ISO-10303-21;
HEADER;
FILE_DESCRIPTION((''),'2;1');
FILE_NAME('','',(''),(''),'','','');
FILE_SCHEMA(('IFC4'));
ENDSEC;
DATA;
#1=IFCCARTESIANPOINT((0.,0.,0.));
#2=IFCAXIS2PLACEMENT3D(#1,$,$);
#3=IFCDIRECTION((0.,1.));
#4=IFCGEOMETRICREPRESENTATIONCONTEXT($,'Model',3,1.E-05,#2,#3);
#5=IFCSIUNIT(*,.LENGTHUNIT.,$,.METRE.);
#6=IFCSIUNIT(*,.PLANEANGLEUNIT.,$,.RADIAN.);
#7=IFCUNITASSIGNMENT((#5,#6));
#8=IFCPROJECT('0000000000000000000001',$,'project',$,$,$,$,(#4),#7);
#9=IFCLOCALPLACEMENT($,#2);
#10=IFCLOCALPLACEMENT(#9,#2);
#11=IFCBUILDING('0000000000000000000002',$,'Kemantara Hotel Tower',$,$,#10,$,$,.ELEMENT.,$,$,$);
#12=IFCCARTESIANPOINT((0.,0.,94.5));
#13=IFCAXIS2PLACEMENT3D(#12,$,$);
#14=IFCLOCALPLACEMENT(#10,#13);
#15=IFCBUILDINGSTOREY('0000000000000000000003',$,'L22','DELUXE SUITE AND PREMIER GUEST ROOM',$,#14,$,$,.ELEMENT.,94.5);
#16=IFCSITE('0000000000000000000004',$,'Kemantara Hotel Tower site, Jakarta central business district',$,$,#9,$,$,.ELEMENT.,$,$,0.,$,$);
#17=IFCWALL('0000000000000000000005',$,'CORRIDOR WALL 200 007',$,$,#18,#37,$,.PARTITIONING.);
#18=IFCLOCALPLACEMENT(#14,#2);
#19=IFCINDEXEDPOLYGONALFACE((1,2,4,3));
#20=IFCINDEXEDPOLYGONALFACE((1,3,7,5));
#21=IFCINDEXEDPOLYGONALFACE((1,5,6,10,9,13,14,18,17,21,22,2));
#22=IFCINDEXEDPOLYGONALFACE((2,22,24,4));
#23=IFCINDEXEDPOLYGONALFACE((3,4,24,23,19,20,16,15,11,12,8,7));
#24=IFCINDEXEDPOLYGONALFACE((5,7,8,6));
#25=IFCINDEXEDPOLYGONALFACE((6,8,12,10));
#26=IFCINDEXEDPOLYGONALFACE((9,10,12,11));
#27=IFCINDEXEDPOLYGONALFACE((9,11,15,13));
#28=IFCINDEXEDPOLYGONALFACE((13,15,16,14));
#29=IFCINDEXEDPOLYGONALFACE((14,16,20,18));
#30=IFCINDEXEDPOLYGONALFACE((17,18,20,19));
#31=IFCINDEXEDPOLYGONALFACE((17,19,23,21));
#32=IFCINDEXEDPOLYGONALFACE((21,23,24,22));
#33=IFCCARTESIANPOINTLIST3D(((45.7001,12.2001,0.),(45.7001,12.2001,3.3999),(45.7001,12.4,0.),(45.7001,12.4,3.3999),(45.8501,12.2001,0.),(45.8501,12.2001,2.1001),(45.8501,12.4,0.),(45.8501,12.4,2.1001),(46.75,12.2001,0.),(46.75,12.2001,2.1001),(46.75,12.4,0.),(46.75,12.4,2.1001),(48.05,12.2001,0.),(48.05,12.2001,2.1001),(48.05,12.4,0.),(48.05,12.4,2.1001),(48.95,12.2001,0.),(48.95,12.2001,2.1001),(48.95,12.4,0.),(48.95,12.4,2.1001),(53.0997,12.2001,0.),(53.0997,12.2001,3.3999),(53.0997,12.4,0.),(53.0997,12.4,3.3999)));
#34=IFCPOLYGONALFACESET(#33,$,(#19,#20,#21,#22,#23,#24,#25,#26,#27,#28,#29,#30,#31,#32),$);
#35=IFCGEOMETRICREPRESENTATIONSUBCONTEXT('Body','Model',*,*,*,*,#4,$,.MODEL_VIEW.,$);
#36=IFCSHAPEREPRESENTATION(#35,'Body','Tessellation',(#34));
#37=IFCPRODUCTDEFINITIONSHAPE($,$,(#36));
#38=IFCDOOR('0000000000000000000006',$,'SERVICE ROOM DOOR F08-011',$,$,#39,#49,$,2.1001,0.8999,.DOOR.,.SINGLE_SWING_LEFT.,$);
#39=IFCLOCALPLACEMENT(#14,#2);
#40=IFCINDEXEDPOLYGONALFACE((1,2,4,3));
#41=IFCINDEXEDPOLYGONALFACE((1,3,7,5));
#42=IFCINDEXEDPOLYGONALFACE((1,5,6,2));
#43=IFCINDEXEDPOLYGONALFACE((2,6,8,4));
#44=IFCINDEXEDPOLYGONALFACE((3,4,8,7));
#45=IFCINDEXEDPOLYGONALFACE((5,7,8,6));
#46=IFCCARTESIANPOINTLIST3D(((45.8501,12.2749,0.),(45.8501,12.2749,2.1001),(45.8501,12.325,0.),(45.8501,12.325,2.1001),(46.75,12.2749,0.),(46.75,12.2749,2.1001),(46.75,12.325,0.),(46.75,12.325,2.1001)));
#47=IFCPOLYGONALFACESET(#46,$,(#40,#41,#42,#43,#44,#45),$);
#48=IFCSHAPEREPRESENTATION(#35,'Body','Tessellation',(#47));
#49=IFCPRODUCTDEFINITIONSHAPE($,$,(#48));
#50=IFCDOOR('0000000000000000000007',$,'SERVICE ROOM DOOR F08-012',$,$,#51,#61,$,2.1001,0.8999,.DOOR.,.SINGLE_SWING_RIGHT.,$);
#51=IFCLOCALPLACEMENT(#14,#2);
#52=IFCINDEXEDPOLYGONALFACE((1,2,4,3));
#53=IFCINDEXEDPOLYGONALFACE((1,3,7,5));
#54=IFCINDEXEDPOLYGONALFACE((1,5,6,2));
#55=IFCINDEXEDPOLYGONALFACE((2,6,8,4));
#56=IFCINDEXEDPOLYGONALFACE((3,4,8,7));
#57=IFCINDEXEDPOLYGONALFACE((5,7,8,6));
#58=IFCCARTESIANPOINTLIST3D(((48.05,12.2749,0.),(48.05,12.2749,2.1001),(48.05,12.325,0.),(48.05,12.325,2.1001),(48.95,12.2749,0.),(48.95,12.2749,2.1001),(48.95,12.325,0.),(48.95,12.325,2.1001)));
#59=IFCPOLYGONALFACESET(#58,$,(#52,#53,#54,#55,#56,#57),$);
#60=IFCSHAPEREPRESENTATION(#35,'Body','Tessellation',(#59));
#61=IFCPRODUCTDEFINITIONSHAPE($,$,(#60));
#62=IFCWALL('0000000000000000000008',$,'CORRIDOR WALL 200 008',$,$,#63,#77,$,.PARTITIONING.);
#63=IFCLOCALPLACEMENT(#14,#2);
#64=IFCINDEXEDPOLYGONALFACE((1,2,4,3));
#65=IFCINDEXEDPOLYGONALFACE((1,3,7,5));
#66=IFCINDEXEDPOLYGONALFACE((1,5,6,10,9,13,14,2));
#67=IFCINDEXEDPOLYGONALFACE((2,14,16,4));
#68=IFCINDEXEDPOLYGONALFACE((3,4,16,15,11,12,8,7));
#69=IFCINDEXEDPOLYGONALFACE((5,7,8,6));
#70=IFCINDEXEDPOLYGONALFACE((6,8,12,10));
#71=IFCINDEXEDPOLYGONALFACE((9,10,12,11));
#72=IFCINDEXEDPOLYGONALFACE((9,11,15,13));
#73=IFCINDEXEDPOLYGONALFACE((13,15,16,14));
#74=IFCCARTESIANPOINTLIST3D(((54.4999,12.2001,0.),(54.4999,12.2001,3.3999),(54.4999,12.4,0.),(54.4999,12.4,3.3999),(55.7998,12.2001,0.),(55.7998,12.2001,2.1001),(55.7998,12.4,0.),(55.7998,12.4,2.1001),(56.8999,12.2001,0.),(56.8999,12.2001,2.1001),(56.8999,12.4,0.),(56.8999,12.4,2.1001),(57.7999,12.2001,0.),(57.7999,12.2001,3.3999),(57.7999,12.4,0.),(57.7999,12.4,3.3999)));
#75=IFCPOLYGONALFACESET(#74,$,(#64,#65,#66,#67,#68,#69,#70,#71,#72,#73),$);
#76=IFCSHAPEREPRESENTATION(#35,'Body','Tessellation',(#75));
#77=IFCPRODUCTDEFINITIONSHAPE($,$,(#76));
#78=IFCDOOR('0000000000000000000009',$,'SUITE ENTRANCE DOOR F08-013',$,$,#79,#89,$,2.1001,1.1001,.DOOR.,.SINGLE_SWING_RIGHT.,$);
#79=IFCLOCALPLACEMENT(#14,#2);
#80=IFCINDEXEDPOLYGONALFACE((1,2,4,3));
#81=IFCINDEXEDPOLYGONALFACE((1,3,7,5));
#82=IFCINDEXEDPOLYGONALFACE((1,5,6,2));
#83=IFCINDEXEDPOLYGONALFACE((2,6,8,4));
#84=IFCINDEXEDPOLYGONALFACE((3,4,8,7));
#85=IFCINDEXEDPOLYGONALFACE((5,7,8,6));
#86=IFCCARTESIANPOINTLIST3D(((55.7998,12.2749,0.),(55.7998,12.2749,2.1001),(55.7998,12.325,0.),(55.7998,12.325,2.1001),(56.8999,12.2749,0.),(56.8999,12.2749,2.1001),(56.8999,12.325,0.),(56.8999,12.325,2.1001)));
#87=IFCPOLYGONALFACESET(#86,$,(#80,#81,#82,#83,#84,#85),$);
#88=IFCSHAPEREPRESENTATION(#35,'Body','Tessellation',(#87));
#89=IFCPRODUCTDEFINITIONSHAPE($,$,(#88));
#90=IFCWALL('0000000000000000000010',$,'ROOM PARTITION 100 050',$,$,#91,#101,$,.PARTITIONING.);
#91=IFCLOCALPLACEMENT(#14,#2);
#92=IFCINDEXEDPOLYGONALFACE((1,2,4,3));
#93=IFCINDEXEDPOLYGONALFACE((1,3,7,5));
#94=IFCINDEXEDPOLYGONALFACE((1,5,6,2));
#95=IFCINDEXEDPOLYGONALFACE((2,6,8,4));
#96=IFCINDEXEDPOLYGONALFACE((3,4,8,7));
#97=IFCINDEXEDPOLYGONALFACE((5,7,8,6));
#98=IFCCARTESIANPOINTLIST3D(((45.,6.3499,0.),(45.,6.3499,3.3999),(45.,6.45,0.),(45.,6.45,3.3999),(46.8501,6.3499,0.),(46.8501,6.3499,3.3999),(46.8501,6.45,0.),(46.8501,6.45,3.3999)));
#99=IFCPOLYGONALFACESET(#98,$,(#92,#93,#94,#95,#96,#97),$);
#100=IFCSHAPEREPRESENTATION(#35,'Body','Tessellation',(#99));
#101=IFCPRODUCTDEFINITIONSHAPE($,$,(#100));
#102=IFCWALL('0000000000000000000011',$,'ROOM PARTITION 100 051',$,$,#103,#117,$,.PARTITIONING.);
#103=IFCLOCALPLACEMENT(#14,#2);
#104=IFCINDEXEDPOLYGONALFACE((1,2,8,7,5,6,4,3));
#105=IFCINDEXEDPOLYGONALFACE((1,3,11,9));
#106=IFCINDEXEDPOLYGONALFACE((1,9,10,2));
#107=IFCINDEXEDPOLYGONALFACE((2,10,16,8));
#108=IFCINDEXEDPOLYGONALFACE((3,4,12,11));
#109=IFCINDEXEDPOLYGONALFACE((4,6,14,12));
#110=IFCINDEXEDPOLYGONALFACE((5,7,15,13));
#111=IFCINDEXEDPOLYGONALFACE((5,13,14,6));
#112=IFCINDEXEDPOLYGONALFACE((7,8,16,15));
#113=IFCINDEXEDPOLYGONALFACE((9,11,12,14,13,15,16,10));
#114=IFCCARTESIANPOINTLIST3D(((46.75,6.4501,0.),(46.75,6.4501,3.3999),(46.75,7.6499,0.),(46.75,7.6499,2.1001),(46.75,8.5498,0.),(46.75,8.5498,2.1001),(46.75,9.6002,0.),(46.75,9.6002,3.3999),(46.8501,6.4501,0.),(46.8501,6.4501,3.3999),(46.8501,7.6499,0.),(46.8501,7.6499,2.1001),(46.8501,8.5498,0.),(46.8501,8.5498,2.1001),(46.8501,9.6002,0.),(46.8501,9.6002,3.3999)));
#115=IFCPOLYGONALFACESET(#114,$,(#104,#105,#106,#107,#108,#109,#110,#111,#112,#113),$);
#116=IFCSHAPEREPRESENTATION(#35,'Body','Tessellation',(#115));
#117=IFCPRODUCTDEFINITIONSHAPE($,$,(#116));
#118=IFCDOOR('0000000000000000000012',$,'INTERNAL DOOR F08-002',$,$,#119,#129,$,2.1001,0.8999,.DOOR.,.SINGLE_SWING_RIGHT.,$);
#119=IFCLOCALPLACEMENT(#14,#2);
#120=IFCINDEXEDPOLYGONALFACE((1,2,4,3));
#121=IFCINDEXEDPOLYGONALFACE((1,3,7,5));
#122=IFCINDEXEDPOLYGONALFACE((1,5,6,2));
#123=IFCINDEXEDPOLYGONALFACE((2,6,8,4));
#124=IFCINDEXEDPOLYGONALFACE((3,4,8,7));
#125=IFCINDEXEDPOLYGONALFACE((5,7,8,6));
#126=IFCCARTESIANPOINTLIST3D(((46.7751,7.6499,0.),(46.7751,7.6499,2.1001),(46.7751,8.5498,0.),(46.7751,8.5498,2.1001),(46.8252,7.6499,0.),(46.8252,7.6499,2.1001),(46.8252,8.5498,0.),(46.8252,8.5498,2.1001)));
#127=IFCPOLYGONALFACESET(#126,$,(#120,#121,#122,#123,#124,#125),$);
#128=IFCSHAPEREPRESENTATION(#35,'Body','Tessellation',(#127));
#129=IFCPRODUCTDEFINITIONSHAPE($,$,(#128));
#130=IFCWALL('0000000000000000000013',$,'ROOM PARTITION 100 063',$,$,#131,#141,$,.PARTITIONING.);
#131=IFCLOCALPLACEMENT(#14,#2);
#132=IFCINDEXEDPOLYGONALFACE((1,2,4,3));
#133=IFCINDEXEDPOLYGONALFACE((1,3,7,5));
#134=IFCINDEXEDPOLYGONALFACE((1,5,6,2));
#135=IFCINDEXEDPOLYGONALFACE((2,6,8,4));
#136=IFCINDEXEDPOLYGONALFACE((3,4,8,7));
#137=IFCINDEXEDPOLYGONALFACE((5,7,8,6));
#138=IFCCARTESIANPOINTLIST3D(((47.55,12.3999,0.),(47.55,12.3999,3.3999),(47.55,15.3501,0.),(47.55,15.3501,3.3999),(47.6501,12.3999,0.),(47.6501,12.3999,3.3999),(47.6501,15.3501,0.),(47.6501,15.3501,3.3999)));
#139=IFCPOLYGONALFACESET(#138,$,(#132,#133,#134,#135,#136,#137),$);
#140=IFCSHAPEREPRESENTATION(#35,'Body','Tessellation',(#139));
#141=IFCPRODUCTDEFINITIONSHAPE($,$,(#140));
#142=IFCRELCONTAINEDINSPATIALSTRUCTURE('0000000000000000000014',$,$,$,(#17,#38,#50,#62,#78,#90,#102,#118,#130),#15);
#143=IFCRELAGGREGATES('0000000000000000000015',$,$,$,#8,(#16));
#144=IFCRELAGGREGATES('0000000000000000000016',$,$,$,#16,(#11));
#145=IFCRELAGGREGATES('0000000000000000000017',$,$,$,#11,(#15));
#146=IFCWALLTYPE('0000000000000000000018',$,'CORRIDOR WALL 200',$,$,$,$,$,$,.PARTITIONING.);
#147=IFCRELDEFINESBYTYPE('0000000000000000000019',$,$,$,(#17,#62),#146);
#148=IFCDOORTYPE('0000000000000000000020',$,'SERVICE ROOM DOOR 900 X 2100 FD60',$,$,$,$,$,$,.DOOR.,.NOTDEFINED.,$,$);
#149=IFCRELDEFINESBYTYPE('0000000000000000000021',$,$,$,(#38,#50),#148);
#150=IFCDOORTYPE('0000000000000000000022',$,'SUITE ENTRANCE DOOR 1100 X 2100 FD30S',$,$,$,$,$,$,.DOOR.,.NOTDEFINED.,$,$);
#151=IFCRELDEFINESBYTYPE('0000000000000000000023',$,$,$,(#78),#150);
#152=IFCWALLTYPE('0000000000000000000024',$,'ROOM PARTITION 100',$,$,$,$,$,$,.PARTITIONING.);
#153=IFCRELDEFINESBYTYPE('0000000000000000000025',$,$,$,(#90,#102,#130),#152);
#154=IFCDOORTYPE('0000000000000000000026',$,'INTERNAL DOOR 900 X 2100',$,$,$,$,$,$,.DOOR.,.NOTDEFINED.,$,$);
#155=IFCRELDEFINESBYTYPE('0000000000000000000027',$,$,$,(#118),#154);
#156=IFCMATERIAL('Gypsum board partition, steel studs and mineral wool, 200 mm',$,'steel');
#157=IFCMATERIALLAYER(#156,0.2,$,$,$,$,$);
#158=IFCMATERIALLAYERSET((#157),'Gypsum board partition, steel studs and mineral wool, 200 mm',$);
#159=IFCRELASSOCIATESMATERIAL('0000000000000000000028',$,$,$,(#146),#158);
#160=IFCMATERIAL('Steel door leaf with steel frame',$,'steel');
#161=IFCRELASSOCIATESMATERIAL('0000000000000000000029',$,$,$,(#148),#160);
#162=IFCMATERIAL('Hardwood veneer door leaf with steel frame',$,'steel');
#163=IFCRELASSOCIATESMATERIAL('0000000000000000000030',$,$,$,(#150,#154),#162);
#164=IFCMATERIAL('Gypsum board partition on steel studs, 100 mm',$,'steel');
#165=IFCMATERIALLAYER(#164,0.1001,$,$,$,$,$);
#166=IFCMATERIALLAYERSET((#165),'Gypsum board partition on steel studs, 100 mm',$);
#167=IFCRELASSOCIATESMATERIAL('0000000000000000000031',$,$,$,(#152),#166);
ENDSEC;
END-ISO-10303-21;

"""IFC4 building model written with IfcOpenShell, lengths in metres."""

from ifc_helpers import new_model, si_unit, direction, frame, frame_2d, origin, place, context, subcontext, project, spatial, rectangle, extrude, material, layer, layer_set, type_object, element, fill, save


model = new_model("IFC4")

# Units and contexts
model_context = context("Model", 3, precision=1e-05, world=origin(), true_north=direction((0.0, 1.0)))
body_context = subcontext(model_context, "Body", "Model", "MODEL_VIEW")
ifc_project = project(units=[si_unit("LENGTHUNIT", "METRE"), si_unit("PLANEANGLEUNIT", "RADIAN")], contexts=[model_context])

# Site, building, storey
site_placement = place(None, origin())
site = spatial("IfcSite", under=ifc_project, at=site_placement, Name="Kemantara Hotel Tower site, Jakarta central business district", CompositionType="ELEMENT", RefElevation=0.0)
building_placement = place(site_placement, origin())
building = spatial("IfcBuilding", under=site, at=building_placement, Name="Kemantara Hotel Tower", CompositionType="ELEMENT")
storey_placement = place(building_placement, frame((0.0, 0.0, 94.5)))
storey = spatial("IfcBuildingStorey", under=building, at=storey_placement, Name="L22", Description="DELUXE SUITE AND PREMIER GUEST ROOM", CompositionType="ELEMENT", Elevation=94.5)

# Shared definitions
ifc_material_1 = material(Name="Gypsum board partition, steel studs and mineral wool, 200 mm", Category="steel")
ifc_layer_1 = layer(ifc_material_1, 0.2)
ifc_layer_set_1 = layer_set([ifc_layer_1], Name="Gypsum board partition, steel studs and mineral wool, 200 mm")
wall_type_1 = type_object("IfcWallType", Name="CORRIDOR WALL 200", PredefinedType="PARTITIONING", material=ifc_layer_set_1)

# Wall, openings, doors
wall_1_placement = place(storey_placement, frame((45.7002, 12.3, 0.0), z_axis=(0.0, 0.0, 1.0), x_axis=(1.0, 0.0, 0.0)))
wall_1 = element("IfcWall", 1, at=wall_1_placement, inside=storey, type_object=wall_type_1, Name="CORRIDOR WALL 200 007", PredefinedType="PARTITIONING", context=body_context, shape_type="SweptSolid", body=[
    extrude(rectangle(XDim=7.3997, YDim=0.2, at=frame_2d((3.6997, 0.0))), origin(), (0.0, 0.0, 1.0), 3.3999),
])
opening_1_placement = place(wall_1_placement, frame((0.1499, 0.0, 0.0)))
opening_1 = element("IfcOpeningElement", 2, at=opening_1_placement, cuts=wall_1, PredefinedType="OPENING", context=body_context, shape_type="SweptSolid", body=[
    extrude(rectangle(XDim=0.8999, YDim=2.1001, at=frame_2d((0.45, 1.05))), frame((0.0, 0.1099, 0.0), z_axis=(0.0, -1.0, 0.0), x_axis=(1.0, 0.0, 0.0)), (0.0, 0.0, 1.0), 0.22),
])
opening_2_placement = place(wall_1_placement, frame((2.3499, 0.0, 0.0)))
opening_2 = element("IfcOpeningElement", 3, at=opening_2_placement, cuts=wall_1, PredefinedType="OPENING", context=body_context, shape_type="SweptSolid", body=[
    extrude(rectangle(XDim=0.8999, YDim=2.1001, at=frame_2d((0.45, 1.05))), frame((0.0, 0.1099, 0.0), z_axis=(0.0, -1.0, 0.0), x_axis=(1.0, 0.0, 0.0)), (0.0, 0.0, 1.0), 0.22),
])
ifc_material_2 = material(Name="Steel door leaf with steel frame", Category="steel")
door_type_1 = type_object("IfcDoorType", Name="SERVICE ROOM DOOR 900 X 2100 FD60", OperationType="NOTDEFINED", PredefinedType="DOOR", material=ifc_material_2)
door_1_placement = place(opening_1_placement, origin())
door_1 = element("IfcDoor", 4, at=door_1_placement, inside=storey, type_object=door_type_1, Name="SERVICE ROOM DOOR F08-011", OperationType="SINGLE_SWING_LEFT", OverallHeight=2.1001, OverallWidth=0.8999, PredefinedType="DOOR", context=body_context, shape_type="SweptSolid", body=[
    extrude(rectangle(XDim=0.8999, YDim=2.1001, at=frame_2d((0.45, 1.05))), frame((0.0, 0.0249, 0.0), z_axis=(0.0, -1.0, 0.0), x_axis=(1.0, 0.0, 0.0)), (0.0, 0.0, 1.0), 0.05),
])
fill(opening_1, door_1)
door_2_placement = place(opening_2_placement, origin())
door_2 = element("IfcDoor", 5, at=door_2_placement, inside=storey, type_object=door_type_1, Name="SERVICE ROOM DOOR F08-012", OperationType="SINGLE_SWING_RIGHT", OverallHeight=2.1001, OverallWidth=0.8999, PredefinedType="DOOR", context=body_context, shape_type="SweptSolid", body=[
    extrude(rectangle(XDim=0.8999, YDim=2.1001, at=frame_2d((0.45, 1.05))), frame((0.0, 0.0249, 0.0), z_axis=(0.0, -1.0, 0.0), x_axis=(1.0, 0.0, 0.0)), (0.0, 0.0, 1.0), 0.05),
])
fill(opening_2, door_2)

# Wall, opening, door
wall_2_placement = place(storey_placement, frame((54.5, 12.3, 0.0), z_axis=(0.0, 0.0, 1.0), x_axis=(1.0, 0.0, 0.0)))
wall_2 = element("IfcWall", 6, at=wall_2_placement, inside=storey, type_object=wall_type_1, Name="CORRIDOR WALL 200 008", PredefinedType="PARTITIONING", context=body_context, shape_type="SweptSolid", body=[
    extrude(rectangle(XDim=3.3, YDim=0.2, at=frame_2d((1.6499, 0.0))), origin(), (0.0, 0.0, 1.0), 3.3999),
])
opening_3_placement = place(wall_2_placement, frame((1.2998, 0.0, 0.0)))
opening_3 = element("IfcOpeningElement", 7, at=opening_3_placement, cuts=wall_2, PredefinedType="OPENING", context=body_context, shape_type="SweptSolid", body=[
    extrude(rectangle(XDim=1.1001, YDim=2.1001, at=frame_2d((0.55, 1.05))), frame((0.0, 0.1099, 0.0), z_axis=(0.0, -1.0, 0.0), x_axis=(1.0, 0.0, 0.0)), (0.0, 0.0, 1.0), 0.22),
])
ifc_material_3 = material(Name="Hardwood veneer door leaf with steel frame", Category="steel")
door_type_2 = type_object("IfcDoorType", Name="SUITE ENTRANCE DOOR 1100 X 2100 FD30S", OperationType="NOTDEFINED", PredefinedType="DOOR", material=ifc_material_3)
door_3_placement = place(opening_3_placement, origin())
door_3 = element("IfcDoor", 8, at=door_3_placement, inside=storey, type_object=door_type_2, Name="SUITE ENTRANCE DOOR F08-013", OperationType="SINGLE_SWING_RIGHT", OverallHeight=2.1001, OverallWidth=1.1001, PredefinedType="DOOR", context=body_context, shape_type="SweptSolid", body=[
    extrude(rectangle(XDim=1.1001, YDim=2.1001, at=frame_2d((0.55, 1.05))), frame((0.0, 0.0249, 0.0), z_axis=(0.0, -1.0, 0.0), x_axis=(1.0, 0.0, 0.0)), (0.0, 0.0, 1.0), 0.05),
])
fill(opening_3, door_3)

# Wall
ifc_material_4 = material(Name="Gypsum board partition on steel studs, 100 mm", Category="steel")
ifc_layer_2 = layer(ifc_material_4, 0.1001)
ifc_layer_set_2 = layer_set([ifc_layer_2], Name="Gypsum board partition on steel studs, 100 mm")
wall_type_2 = type_object("IfcWallType", Name="ROOM PARTITION 100", PredefinedType="PARTITIONING", material=ifc_layer_set_2)
wall_3_placement = place(storey_placement, frame((45.0, 6.3999, 0.0), z_axis=(0.0, 0.0, 1.0), x_axis=(1.0, 0.0, 0.0)))
element("IfcWall", 9, at=wall_3_placement, inside=storey, type_object=wall_type_2, Name="ROOM PARTITION 100 050", PredefinedType="PARTITIONING", context=body_context, shape_type="SweptSolid", body=[
    extrude(rectangle(XDim=1.8501, YDim=0.1001, at=frame_2d((0.925, 0.0))), origin(), (0.0, 0.0, 1.0), 3.3999),
])

# Wall, opening, door
wall_4_placement = place(storey_placement, frame((46.8, 6.45, 0.0), z_axis=(0.0, 0.0, 1.0), x_axis=(0.0, 1.0, 0.0)))
wall_4 = element("IfcWall", 10, at=wall_4_placement, inside=storey, type_object=wall_type_2, Name="ROOM PARTITION 100 051", PredefinedType="PARTITIONING", context=body_context, shape_type="SweptSolid", body=[
    extrude(rectangle(XDim=3.1501, YDim=0.1001, at=frame_2d((1.5752, 0.0))), origin(), (0.0, 0.0, 1.0), 3.3999),
])
opening_4_placement = place(wall_4_placement, frame((1.2, 0.0, 0.0)))
opening_4 = element("IfcOpeningElement", 11, at=opening_4_placement, cuts=wall_4, PredefinedType="OPENING", context=body_context, shape_type="SweptSolid", body=[
    extrude(rectangle(XDim=0.8999, YDim=2.1001, at=frame_2d((0.45, 1.05))), frame((0.0, 0.0601, 0.0), z_axis=(0.0, -1.0, 0.0), x_axis=(1.0, 0.0, 0.0)), (0.0, 0.0, 1.0), 0.1201),
])
door_type_3 = type_object("IfcDoorType", Name="INTERNAL DOOR 900 X 2100", OperationType="NOTDEFINED", PredefinedType="DOOR", material=ifc_material_3)
door_4_placement = place(opening_4_placement, origin())
door_4 = element("IfcDoor", 12, at=door_4_placement, inside=storey, type_object=door_type_3, Name="INTERNAL DOOR F08-002", OperationType="SINGLE_SWING_RIGHT", OverallHeight=2.1001, OverallWidth=0.8999, PredefinedType="DOOR", context=body_context, shape_type="SweptSolid", body=[
    extrude(rectangle(XDim=0.8999, YDim=2.1001, at=frame_2d((0.45, 1.05))), frame((0.0, 0.0249, 0.0), z_axis=(0.0, -1.0, 0.0), x_axis=(1.0, 0.0, 0.0)), (0.0, 0.0, 1.0), 0.05),
])
fill(opening_4, door_4)

# Wall
wall_5_placement = place(storey_placement, frame((47.6001, 12.3999, 0.0), z_axis=(0.0, 0.0, 1.0), x_axis=(0.0, 1.0, 0.0)))
element("IfcWall", 13, at=wall_5_placement, inside=storey, type_object=wall_type_2, Name="ROOM PARTITION 100 063", PredefinedType="PARTITIONING", context=body_context, shape_type="SweptSolid", body=[
    extrude(rectangle(XDim=2.9502, YDim=0.1001, at=frame_2d((1.4751, 0.0))), origin(), (0.0, 0.0, 1.0), 3.3999),
])

save(model, "model.ifc")
